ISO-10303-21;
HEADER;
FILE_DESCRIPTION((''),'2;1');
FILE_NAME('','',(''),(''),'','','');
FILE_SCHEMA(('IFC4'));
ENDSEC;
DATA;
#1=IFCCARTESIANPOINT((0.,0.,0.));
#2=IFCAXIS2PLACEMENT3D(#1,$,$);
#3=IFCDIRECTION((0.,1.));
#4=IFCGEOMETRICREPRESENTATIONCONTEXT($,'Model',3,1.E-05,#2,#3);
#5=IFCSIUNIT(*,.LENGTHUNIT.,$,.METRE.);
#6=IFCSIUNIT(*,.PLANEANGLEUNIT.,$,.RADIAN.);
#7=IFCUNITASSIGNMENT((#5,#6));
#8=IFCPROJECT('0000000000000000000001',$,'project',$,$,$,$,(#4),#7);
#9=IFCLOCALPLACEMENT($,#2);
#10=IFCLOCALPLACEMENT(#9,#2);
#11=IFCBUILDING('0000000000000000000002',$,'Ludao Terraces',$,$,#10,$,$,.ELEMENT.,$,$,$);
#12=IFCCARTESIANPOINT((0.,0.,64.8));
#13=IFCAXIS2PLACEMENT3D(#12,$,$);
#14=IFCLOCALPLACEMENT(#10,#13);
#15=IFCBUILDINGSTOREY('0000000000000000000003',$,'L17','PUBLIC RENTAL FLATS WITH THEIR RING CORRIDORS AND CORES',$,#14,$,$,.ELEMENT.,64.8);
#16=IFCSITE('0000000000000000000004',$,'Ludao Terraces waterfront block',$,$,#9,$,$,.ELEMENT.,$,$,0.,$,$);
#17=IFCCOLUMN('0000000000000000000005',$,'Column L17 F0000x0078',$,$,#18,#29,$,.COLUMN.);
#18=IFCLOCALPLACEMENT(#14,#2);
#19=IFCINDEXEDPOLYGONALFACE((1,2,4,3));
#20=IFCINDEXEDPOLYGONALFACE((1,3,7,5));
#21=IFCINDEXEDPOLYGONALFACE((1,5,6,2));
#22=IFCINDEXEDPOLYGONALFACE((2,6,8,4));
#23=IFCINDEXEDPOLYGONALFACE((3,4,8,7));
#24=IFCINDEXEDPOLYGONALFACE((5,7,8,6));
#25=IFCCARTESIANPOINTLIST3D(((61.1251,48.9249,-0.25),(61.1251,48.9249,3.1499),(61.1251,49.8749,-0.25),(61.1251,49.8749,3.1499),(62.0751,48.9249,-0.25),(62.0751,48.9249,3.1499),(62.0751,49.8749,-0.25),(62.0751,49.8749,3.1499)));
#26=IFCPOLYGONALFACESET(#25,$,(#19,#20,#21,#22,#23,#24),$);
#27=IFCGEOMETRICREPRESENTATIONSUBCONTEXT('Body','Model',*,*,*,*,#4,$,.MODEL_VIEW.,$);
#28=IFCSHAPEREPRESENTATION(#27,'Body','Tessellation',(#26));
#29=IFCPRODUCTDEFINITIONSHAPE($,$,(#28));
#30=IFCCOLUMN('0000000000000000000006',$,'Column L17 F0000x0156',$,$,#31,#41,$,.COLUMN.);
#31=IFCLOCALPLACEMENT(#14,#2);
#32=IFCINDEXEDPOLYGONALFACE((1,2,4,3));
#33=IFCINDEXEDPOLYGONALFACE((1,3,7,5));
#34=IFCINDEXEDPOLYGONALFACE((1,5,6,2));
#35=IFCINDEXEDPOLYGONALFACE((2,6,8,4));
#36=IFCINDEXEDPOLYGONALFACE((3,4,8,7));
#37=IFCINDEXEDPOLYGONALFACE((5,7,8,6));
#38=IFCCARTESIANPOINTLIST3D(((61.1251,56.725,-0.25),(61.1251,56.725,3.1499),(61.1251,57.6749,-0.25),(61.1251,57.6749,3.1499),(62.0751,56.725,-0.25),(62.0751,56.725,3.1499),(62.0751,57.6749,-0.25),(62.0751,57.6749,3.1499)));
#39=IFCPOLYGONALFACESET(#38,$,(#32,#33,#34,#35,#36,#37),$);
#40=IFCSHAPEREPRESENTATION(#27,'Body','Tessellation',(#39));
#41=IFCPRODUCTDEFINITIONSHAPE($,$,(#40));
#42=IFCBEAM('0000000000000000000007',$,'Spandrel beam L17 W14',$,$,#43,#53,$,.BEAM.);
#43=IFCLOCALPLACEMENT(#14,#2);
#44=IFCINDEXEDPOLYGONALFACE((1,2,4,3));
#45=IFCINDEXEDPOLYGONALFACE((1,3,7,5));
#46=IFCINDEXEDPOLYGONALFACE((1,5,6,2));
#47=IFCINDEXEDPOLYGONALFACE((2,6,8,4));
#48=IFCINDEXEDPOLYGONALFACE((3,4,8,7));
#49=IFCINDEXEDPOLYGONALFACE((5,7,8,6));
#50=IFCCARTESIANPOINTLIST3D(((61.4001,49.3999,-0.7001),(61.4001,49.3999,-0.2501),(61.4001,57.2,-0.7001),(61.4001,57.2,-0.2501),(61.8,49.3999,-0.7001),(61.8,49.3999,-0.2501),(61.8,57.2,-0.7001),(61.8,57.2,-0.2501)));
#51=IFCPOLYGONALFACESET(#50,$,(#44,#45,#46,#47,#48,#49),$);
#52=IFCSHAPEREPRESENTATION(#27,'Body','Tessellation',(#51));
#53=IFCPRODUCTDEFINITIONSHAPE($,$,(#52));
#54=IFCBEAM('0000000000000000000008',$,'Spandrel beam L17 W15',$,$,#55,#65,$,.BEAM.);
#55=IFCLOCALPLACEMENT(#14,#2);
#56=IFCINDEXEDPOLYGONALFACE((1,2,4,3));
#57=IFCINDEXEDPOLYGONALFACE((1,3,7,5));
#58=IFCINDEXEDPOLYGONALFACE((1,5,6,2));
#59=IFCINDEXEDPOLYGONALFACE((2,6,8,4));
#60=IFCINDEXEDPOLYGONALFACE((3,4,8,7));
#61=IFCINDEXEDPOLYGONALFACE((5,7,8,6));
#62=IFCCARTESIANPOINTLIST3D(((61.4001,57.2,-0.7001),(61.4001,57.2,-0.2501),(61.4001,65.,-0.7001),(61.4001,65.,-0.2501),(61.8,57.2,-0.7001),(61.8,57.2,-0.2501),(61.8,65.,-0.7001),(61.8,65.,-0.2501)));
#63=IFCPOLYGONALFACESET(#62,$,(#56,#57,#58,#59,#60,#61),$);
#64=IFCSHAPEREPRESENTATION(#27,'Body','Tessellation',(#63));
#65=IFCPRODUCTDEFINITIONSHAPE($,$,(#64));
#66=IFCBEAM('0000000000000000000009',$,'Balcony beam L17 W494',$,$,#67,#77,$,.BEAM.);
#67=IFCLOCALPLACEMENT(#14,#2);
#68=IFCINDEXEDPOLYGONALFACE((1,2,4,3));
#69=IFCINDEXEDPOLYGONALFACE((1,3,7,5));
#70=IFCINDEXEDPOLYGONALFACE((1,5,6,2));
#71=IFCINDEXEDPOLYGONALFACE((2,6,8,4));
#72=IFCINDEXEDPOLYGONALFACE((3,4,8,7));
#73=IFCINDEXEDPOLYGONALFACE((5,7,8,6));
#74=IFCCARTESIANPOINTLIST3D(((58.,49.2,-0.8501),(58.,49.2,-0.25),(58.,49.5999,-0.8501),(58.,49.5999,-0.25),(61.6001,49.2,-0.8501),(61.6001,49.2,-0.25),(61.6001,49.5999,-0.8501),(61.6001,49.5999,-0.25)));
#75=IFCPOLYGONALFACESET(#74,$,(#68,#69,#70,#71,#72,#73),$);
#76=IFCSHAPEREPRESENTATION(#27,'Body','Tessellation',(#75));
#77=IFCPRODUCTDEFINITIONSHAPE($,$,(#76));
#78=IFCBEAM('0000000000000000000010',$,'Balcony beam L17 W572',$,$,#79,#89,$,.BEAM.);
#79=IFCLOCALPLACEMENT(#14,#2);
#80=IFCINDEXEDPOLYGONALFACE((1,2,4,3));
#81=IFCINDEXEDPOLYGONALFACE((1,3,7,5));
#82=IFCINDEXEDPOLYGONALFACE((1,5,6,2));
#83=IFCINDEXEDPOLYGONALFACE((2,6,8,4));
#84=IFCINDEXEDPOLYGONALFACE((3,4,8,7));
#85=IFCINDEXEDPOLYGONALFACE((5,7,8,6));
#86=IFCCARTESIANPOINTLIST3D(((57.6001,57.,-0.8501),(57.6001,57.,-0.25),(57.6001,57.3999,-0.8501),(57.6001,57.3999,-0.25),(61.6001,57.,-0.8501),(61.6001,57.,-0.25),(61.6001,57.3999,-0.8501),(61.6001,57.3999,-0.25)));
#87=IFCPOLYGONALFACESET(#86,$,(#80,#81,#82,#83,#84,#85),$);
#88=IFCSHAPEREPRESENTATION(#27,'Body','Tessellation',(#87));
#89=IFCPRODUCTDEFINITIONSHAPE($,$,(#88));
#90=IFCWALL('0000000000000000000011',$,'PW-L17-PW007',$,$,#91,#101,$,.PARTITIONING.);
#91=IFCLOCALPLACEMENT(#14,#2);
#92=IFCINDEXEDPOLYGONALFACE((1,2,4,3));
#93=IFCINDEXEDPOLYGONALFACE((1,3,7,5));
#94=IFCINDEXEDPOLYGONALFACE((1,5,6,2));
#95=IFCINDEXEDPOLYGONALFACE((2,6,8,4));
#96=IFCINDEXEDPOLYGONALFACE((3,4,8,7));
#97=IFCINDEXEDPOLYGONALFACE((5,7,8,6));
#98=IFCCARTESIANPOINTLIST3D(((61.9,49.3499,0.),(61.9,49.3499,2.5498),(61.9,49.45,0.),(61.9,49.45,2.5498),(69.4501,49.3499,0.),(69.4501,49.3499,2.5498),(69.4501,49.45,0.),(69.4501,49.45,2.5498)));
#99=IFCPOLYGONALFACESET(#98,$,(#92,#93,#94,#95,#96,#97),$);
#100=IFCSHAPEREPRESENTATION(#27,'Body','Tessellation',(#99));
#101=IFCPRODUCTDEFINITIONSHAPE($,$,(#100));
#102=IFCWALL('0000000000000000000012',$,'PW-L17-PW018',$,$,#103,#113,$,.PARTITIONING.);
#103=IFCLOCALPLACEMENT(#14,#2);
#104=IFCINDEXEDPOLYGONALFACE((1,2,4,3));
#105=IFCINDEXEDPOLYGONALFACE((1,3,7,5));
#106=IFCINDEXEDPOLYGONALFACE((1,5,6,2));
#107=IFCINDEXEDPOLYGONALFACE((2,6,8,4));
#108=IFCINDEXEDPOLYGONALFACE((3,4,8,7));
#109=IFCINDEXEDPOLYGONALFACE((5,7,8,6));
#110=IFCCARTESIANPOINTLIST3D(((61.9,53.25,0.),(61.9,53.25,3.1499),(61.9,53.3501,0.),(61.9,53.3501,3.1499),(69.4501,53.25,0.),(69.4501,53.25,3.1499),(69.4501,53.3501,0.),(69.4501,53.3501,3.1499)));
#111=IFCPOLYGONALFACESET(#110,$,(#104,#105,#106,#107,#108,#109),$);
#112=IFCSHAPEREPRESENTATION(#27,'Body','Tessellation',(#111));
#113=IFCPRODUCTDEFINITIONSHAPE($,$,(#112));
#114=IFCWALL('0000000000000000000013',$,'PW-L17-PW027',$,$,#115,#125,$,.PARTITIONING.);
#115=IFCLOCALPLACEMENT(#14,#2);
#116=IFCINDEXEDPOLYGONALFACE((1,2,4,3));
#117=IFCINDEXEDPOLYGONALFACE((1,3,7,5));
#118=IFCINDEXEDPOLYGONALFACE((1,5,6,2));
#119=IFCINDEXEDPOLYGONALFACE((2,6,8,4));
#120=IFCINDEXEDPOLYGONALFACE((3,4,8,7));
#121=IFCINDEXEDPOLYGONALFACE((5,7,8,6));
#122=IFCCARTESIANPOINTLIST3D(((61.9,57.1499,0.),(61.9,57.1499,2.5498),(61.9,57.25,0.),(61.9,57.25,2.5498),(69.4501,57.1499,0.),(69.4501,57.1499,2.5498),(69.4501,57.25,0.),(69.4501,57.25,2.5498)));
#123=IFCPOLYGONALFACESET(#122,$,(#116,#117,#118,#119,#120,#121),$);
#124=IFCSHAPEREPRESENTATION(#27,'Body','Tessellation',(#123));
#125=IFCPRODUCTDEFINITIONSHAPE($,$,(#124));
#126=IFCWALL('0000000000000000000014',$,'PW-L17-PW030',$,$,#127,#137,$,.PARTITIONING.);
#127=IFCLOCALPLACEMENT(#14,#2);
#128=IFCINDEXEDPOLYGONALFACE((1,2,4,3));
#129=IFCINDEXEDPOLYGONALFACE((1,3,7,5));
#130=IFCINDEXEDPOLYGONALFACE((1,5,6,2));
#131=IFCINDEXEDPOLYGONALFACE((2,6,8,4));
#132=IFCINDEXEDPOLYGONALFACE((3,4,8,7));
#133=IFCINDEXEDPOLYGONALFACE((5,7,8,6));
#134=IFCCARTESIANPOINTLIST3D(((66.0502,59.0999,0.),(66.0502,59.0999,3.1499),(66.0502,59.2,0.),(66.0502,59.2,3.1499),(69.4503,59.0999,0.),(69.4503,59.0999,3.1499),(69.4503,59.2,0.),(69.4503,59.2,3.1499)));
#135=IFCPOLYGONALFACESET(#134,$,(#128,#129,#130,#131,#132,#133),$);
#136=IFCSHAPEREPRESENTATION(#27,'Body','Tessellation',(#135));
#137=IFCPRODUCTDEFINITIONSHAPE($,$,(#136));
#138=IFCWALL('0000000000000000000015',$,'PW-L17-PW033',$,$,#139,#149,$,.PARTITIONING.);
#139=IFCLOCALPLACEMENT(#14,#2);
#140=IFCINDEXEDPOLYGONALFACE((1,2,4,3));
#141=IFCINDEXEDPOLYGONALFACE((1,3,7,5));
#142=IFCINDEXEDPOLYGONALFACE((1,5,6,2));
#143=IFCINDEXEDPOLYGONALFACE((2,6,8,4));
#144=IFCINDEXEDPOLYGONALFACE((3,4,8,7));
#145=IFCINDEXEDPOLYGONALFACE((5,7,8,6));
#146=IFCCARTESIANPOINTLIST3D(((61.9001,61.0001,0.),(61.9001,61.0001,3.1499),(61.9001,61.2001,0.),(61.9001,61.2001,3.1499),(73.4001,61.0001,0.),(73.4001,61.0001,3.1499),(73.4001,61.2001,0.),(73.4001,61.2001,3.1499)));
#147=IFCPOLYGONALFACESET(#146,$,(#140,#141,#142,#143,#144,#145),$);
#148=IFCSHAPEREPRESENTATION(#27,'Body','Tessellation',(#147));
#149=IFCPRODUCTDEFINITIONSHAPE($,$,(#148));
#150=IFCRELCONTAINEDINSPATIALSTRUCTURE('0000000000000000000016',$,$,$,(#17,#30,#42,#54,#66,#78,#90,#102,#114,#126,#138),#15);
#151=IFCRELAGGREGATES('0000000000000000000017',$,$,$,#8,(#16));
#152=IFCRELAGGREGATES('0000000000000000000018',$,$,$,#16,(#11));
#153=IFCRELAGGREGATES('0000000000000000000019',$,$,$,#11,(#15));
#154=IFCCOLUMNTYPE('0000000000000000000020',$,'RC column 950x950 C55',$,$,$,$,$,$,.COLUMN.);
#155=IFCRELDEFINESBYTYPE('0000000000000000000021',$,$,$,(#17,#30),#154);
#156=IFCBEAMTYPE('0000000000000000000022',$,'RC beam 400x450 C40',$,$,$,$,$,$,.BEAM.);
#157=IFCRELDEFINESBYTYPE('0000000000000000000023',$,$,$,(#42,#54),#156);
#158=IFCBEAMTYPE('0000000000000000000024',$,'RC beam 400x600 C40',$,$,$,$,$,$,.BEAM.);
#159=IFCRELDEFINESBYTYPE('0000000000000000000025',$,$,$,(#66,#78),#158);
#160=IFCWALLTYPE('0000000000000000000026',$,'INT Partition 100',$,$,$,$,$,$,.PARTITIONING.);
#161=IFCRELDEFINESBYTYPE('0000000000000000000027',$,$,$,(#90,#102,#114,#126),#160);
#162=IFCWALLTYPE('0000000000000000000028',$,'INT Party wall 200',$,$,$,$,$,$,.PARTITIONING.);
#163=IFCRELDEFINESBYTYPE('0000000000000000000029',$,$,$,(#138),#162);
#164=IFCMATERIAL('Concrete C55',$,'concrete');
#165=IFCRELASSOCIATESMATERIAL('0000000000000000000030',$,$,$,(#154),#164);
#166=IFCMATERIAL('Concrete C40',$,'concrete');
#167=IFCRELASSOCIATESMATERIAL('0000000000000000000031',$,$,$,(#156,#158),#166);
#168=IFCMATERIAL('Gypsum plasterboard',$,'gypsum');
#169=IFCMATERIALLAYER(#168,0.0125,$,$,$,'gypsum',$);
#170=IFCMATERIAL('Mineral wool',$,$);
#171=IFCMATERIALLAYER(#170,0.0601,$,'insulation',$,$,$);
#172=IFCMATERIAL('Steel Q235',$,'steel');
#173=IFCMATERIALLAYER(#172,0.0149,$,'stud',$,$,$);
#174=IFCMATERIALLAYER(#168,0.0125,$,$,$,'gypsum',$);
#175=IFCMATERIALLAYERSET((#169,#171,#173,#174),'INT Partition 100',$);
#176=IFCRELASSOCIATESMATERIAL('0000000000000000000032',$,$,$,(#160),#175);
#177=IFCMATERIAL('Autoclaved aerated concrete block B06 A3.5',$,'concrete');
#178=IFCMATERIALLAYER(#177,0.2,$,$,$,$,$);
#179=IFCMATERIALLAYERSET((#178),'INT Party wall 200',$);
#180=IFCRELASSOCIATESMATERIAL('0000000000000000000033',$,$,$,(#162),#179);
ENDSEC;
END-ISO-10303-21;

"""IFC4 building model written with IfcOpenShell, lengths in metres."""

from ifc_helpers import new_model, si_unit, direction, frame, frame_2d, origin, origin_2d, place, context, subcontext, project, spatial, rectangle, extrude, material, layer, layer_set, material_profile, profile_set, type_object, element, save


model = new_model("IFC4")

# Units and contexts
model_context = context("Model", 3, precision=1e-05, world=origin(), true_north=direction((0.0, 1.0)))
body_context = subcontext(model_context, "Body", "Model", "MODEL_VIEW")
ifc_project = project(units=[si_unit("LENGTHUNIT", "METRE"), si_unit("PLANEANGLEUNIT", "RADIAN")], contexts=[model_context])

# Site, building, storey
site_placement = place(None, origin())
site = spatial("IfcSite", under=ifc_project, at=site_placement, Name="Ludao Terraces waterfront block", CompositionType="ELEMENT", RefElevation=0.0)
building_placement = place(site_placement, origin())
building = spatial("IfcBuilding", under=site, at=building_placement, Name="Ludao Terraces", CompositionType="ELEMENT")
storey_placement = place(building_placement, frame((0.0, 0.0, 64.8)))
storey = spatial("IfcBuildingStorey", under=building, at=storey_placement, Name="L17", Description="PUBLIC RENTAL FLATS WITH THEIR RING CORRIDORS AND CORES", CompositionType="ELEMENT", Elevation=64.8)

# Columns
ifc_material_1 = material(Name="Concrete C55", Category="concrete")
ifc_material_profile_1 = material_profile(ifc_material_1, rectangle(XDim=0.95, YDim=0.95, at=origin_2d()), Name="950 X 950")
ifc_profile_set_1 = profile_set([ifc_material_profile_1], Name="Concrete C55")
column_type = type_object("IfcColumnType", Name="RC column 950x950 C55", PredefinedType="COLUMN", material=ifc_profile_set_1)
for number, where, z_axis, x_axis, name in (
    (1, (61.6001, 49.3999, -0.25), (0.0, 0.0, 1.0), (1.0, 0.0, 0.0), "Column L17 F0000x0078"),
    (2, (61.6001, 57.2, -0.25), (0.0, 0.0, 1.0), (1.0, 0.0, 0.0), "Column L17 F0000x0156"),
):
    element("IfcColumn", number, at=place(storey_placement, frame(where, z_axis=z_axis, x_axis=x_axis)), inside=storey, type_object=column_type, Name=name, PredefinedType="COLUMN", context=body_context, shape_type="SweptSolid", body=[
        extrude(rectangle(XDim=0.95, YDim=0.95, at=origin_2d()), origin(), (0.0, 0.0, 1.0), 3.3999),
    ])

# Beams
ifc_material_2 = material(Name="Concrete C40", Category="concrete")
ifc_material_profile_2 = material_profile(ifc_material_2, rectangle(XDim=0.3999, YDim=0.45, at=origin_2d()), Name="400 X 450")
ifc_profile_set_2 = profile_set([ifc_material_profile_2], Name="Concrete C40")
beam_type_1 = type_object("IfcBeamType", Name="RC beam 400x450 C40", PredefinedType="BEAM", material=ifc_profile_set_2)
for number, where, z_axis, x_axis, name in (
    (3, (61.6001, 49.3999, -0.4751), (0.0, 1.0, 0.0), (-1.0, 0.0, 0.0), "Spandrel beam L17 W14"),
    (4, (61.6001, 57.2, -0.4751), (0.0, 1.0, 0.0), (-1.0, 0.0, 0.0), "Spandrel beam L17 W15"),
):
    element("IfcBeam", number, at=place(storey_placement, frame(where, z_axis=z_axis, x_axis=x_axis)), inside=storey, type_object=beam_type_1, Name=name, PredefinedType="BEAM", context=body_context, shape_type="SweptSolid", body=[
        extrude(rectangle(XDim=0.3999, YDim=0.45, at=origin_2d()), origin(), (0.0, 0.0, 1.0), 7.8),
    ])
ifc_material_profile_3 = material_profile(ifc_material_2, rectangle(XDim=0.3999, YDim=0.6001, at=origin_2d()), Name="400 X 600")
ifc_profile_set_3 = profile_set([ifc_material_profile_3], Name="Concrete C40")
beam_type_2 = type_object("IfcBeamType", Name="RC beam 400x600 C40", PredefinedType="BEAM", material=ifc_profile_set_3)
beam_1_placement = place(storey_placement, frame((61.6001, 49.3999, -0.55), z_axis=(-1.0, 0.0, 0.0), x_axis=(0.0, -1.0, 0.0)))
element("IfcBeam", 5, at=beam_1_placement, inside=storey, type_object=beam_type_2, Name="Balcony beam L17 W494", PredefinedType="BEAM", context=body_context, shape_type="SweptSolid", body=[
    extrude(rectangle(XDim=0.3999, YDim=0.6001, at=origin_2d()), origin(), (0.0, 0.0, 1.0), 3.6001),
])
beam_2_placement = place(storey_placement, frame((61.6001, 57.2, -0.55), z_axis=(-1.0, 0.0, 0.0), x_axis=(0.0, -1.0, 0.0)))
element("IfcBeam", 6, at=beam_2_placement, inside=storey, type_object=beam_type_2, Name="Balcony beam L17 W572", PredefinedType="BEAM", context=body_context, shape_type="SweptSolid", body=[
    extrude(rectangle(XDim=0.3999, YDim=0.6001, at=origin_2d()), origin(), (0.0, 0.0, 1.0), 4.0),
])

# Shared definitions
ifc_material_3 = material(Name="Mineral wool")

# Walls
ifc_material_4 = material(Name="Gypsum plasterboard", Category="gypsum")
ifc_layer_1 = layer(ifc_material_4, 0.0125, Category="gypsum")
ifc_layer_2 = layer(ifc_material_3, 0.0601, Name="insulation")
ifc_material_5 = material(Name="Steel Q235", Category="steel")
ifc_layer_3 = layer(ifc_material_5, 0.0149, Name="stud")
ifc_layer_4 = layer(ifc_material_4, 0.0125, Category="gypsum")
ifc_layer_set_1 = layer_set([ifc_layer_1, ifc_layer_2, ifc_layer_3, ifc_layer_4], Name="INT Partition 100")
wall_type_1 = type_object("IfcWallType", Name="INT Partition 100", PredefinedType="PARTITIONING", material=ifc_layer_set_1)
wall_1_placement = place(storey_placement, frame((61.9001, 49.3999, 0.0), z_axis=(0.0, 0.0, 1.0), x_axis=(1.0, 0.0, 0.0)))
element("IfcWall", 7, at=wall_1_placement, inside=storey, type_object=wall_type_1, Name="PW-L17-PW007", PredefinedType="PARTITIONING", context=body_context, shape_type="SweptSolid", body=[
    extrude(rectangle(XDim=7.55, YDim=0.1001, at=frame_2d((3.7749, 0.0))), origin(), (0.0, 0.0, 1.0), 2.5498),
])
wall_2_placement = place(storey_placement, frame((61.9001, 53.3, 0.0), z_axis=(0.0, 0.0, 1.0), x_axis=(1.0, 0.0, 0.0)))
element("IfcWall", 8, at=wall_2_placement, inside=storey, type_object=wall_type_1, Name="PW-L17-PW018", PredefinedType="PARTITIONING", context=body_context, shape_type="SweptSolid", body=[
    extrude(rectangle(XDim=7.55, YDim=0.1001, at=frame_2d((3.7749, 0.0))), origin(), (0.0, 0.0, 1.0), 3.1499),
])
wall_3_placement = place(storey_placement, frame((61.9001, 57.2, 0.0), z_axis=(0.0, 0.0, 1.0), x_axis=(1.0, 0.0, 0.0)))
element("IfcWall", 9, at=wall_3_placement, inside=storey, type_object=wall_type_1, Name="PW-L17-PW027", PredefinedType="PARTITIONING", context=body_context, shape_type="SweptSolid", body=[
    extrude(rectangle(XDim=7.55, YDim=0.1001, at=frame_2d((3.7749, 0.0))), origin(), (0.0, 0.0, 1.0), 2.5498),
])
wall_4_placement = place(storey_placement, frame((66.05, 59.1499, 0.0), z_axis=(0.0, 0.0, 1.0), x_axis=(1.0, 0.0, 0.0)))
element("IfcWall", 10, at=wall_4_placement, inside=storey, type_object=wall_type_1, Name="PW-L17-PW030", PredefinedType="PARTITIONING", context=body_context, shape_type="SweptSolid", body=[
    extrude(rectangle(XDim=3.4001, YDim=0.1001, at=frame_2d((1.7002, 0.0))), origin(), (0.0, 0.0, 1.0), 3.1499),
])
ifc_material_6 = material(Name="Autoclaved aerated concrete block B06 A3.5", Category="concrete")
ifc_layer_5 = layer(ifc_material_6, 0.2)
ifc_layer_set_2 = layer_set([ifc_layer_5], Name="INT Party wall 200")
wall_type_2 = type_object("IfcWallType", Name="INT Party wall 200", PredefinedType="PARTITIONING", material=ifc_layer_set_2)
wall_5_placement = place(storey_placement, frame((61.9001, 61.1001, 0.0), z_axis=(0.0, 0.0, 1.0), x_axis=(1.0, 0.0, 0.0)))
element("IfcWall", 11, at=wall_5_placement, inside=storey, type_object=wall_type_2, Name="PW-L17-PW033", PredefinedType="PARTITIONING", context=body_context, shape_type="SweptSolid", body=[
    extrude(rectangle(XDim=11.5, YDim=0.2, at=frame_2d((5.75, 0.0))), origin(), (0.0, 0.0, 1.0), 3.1499),
])

save(model, "model.ifc")
